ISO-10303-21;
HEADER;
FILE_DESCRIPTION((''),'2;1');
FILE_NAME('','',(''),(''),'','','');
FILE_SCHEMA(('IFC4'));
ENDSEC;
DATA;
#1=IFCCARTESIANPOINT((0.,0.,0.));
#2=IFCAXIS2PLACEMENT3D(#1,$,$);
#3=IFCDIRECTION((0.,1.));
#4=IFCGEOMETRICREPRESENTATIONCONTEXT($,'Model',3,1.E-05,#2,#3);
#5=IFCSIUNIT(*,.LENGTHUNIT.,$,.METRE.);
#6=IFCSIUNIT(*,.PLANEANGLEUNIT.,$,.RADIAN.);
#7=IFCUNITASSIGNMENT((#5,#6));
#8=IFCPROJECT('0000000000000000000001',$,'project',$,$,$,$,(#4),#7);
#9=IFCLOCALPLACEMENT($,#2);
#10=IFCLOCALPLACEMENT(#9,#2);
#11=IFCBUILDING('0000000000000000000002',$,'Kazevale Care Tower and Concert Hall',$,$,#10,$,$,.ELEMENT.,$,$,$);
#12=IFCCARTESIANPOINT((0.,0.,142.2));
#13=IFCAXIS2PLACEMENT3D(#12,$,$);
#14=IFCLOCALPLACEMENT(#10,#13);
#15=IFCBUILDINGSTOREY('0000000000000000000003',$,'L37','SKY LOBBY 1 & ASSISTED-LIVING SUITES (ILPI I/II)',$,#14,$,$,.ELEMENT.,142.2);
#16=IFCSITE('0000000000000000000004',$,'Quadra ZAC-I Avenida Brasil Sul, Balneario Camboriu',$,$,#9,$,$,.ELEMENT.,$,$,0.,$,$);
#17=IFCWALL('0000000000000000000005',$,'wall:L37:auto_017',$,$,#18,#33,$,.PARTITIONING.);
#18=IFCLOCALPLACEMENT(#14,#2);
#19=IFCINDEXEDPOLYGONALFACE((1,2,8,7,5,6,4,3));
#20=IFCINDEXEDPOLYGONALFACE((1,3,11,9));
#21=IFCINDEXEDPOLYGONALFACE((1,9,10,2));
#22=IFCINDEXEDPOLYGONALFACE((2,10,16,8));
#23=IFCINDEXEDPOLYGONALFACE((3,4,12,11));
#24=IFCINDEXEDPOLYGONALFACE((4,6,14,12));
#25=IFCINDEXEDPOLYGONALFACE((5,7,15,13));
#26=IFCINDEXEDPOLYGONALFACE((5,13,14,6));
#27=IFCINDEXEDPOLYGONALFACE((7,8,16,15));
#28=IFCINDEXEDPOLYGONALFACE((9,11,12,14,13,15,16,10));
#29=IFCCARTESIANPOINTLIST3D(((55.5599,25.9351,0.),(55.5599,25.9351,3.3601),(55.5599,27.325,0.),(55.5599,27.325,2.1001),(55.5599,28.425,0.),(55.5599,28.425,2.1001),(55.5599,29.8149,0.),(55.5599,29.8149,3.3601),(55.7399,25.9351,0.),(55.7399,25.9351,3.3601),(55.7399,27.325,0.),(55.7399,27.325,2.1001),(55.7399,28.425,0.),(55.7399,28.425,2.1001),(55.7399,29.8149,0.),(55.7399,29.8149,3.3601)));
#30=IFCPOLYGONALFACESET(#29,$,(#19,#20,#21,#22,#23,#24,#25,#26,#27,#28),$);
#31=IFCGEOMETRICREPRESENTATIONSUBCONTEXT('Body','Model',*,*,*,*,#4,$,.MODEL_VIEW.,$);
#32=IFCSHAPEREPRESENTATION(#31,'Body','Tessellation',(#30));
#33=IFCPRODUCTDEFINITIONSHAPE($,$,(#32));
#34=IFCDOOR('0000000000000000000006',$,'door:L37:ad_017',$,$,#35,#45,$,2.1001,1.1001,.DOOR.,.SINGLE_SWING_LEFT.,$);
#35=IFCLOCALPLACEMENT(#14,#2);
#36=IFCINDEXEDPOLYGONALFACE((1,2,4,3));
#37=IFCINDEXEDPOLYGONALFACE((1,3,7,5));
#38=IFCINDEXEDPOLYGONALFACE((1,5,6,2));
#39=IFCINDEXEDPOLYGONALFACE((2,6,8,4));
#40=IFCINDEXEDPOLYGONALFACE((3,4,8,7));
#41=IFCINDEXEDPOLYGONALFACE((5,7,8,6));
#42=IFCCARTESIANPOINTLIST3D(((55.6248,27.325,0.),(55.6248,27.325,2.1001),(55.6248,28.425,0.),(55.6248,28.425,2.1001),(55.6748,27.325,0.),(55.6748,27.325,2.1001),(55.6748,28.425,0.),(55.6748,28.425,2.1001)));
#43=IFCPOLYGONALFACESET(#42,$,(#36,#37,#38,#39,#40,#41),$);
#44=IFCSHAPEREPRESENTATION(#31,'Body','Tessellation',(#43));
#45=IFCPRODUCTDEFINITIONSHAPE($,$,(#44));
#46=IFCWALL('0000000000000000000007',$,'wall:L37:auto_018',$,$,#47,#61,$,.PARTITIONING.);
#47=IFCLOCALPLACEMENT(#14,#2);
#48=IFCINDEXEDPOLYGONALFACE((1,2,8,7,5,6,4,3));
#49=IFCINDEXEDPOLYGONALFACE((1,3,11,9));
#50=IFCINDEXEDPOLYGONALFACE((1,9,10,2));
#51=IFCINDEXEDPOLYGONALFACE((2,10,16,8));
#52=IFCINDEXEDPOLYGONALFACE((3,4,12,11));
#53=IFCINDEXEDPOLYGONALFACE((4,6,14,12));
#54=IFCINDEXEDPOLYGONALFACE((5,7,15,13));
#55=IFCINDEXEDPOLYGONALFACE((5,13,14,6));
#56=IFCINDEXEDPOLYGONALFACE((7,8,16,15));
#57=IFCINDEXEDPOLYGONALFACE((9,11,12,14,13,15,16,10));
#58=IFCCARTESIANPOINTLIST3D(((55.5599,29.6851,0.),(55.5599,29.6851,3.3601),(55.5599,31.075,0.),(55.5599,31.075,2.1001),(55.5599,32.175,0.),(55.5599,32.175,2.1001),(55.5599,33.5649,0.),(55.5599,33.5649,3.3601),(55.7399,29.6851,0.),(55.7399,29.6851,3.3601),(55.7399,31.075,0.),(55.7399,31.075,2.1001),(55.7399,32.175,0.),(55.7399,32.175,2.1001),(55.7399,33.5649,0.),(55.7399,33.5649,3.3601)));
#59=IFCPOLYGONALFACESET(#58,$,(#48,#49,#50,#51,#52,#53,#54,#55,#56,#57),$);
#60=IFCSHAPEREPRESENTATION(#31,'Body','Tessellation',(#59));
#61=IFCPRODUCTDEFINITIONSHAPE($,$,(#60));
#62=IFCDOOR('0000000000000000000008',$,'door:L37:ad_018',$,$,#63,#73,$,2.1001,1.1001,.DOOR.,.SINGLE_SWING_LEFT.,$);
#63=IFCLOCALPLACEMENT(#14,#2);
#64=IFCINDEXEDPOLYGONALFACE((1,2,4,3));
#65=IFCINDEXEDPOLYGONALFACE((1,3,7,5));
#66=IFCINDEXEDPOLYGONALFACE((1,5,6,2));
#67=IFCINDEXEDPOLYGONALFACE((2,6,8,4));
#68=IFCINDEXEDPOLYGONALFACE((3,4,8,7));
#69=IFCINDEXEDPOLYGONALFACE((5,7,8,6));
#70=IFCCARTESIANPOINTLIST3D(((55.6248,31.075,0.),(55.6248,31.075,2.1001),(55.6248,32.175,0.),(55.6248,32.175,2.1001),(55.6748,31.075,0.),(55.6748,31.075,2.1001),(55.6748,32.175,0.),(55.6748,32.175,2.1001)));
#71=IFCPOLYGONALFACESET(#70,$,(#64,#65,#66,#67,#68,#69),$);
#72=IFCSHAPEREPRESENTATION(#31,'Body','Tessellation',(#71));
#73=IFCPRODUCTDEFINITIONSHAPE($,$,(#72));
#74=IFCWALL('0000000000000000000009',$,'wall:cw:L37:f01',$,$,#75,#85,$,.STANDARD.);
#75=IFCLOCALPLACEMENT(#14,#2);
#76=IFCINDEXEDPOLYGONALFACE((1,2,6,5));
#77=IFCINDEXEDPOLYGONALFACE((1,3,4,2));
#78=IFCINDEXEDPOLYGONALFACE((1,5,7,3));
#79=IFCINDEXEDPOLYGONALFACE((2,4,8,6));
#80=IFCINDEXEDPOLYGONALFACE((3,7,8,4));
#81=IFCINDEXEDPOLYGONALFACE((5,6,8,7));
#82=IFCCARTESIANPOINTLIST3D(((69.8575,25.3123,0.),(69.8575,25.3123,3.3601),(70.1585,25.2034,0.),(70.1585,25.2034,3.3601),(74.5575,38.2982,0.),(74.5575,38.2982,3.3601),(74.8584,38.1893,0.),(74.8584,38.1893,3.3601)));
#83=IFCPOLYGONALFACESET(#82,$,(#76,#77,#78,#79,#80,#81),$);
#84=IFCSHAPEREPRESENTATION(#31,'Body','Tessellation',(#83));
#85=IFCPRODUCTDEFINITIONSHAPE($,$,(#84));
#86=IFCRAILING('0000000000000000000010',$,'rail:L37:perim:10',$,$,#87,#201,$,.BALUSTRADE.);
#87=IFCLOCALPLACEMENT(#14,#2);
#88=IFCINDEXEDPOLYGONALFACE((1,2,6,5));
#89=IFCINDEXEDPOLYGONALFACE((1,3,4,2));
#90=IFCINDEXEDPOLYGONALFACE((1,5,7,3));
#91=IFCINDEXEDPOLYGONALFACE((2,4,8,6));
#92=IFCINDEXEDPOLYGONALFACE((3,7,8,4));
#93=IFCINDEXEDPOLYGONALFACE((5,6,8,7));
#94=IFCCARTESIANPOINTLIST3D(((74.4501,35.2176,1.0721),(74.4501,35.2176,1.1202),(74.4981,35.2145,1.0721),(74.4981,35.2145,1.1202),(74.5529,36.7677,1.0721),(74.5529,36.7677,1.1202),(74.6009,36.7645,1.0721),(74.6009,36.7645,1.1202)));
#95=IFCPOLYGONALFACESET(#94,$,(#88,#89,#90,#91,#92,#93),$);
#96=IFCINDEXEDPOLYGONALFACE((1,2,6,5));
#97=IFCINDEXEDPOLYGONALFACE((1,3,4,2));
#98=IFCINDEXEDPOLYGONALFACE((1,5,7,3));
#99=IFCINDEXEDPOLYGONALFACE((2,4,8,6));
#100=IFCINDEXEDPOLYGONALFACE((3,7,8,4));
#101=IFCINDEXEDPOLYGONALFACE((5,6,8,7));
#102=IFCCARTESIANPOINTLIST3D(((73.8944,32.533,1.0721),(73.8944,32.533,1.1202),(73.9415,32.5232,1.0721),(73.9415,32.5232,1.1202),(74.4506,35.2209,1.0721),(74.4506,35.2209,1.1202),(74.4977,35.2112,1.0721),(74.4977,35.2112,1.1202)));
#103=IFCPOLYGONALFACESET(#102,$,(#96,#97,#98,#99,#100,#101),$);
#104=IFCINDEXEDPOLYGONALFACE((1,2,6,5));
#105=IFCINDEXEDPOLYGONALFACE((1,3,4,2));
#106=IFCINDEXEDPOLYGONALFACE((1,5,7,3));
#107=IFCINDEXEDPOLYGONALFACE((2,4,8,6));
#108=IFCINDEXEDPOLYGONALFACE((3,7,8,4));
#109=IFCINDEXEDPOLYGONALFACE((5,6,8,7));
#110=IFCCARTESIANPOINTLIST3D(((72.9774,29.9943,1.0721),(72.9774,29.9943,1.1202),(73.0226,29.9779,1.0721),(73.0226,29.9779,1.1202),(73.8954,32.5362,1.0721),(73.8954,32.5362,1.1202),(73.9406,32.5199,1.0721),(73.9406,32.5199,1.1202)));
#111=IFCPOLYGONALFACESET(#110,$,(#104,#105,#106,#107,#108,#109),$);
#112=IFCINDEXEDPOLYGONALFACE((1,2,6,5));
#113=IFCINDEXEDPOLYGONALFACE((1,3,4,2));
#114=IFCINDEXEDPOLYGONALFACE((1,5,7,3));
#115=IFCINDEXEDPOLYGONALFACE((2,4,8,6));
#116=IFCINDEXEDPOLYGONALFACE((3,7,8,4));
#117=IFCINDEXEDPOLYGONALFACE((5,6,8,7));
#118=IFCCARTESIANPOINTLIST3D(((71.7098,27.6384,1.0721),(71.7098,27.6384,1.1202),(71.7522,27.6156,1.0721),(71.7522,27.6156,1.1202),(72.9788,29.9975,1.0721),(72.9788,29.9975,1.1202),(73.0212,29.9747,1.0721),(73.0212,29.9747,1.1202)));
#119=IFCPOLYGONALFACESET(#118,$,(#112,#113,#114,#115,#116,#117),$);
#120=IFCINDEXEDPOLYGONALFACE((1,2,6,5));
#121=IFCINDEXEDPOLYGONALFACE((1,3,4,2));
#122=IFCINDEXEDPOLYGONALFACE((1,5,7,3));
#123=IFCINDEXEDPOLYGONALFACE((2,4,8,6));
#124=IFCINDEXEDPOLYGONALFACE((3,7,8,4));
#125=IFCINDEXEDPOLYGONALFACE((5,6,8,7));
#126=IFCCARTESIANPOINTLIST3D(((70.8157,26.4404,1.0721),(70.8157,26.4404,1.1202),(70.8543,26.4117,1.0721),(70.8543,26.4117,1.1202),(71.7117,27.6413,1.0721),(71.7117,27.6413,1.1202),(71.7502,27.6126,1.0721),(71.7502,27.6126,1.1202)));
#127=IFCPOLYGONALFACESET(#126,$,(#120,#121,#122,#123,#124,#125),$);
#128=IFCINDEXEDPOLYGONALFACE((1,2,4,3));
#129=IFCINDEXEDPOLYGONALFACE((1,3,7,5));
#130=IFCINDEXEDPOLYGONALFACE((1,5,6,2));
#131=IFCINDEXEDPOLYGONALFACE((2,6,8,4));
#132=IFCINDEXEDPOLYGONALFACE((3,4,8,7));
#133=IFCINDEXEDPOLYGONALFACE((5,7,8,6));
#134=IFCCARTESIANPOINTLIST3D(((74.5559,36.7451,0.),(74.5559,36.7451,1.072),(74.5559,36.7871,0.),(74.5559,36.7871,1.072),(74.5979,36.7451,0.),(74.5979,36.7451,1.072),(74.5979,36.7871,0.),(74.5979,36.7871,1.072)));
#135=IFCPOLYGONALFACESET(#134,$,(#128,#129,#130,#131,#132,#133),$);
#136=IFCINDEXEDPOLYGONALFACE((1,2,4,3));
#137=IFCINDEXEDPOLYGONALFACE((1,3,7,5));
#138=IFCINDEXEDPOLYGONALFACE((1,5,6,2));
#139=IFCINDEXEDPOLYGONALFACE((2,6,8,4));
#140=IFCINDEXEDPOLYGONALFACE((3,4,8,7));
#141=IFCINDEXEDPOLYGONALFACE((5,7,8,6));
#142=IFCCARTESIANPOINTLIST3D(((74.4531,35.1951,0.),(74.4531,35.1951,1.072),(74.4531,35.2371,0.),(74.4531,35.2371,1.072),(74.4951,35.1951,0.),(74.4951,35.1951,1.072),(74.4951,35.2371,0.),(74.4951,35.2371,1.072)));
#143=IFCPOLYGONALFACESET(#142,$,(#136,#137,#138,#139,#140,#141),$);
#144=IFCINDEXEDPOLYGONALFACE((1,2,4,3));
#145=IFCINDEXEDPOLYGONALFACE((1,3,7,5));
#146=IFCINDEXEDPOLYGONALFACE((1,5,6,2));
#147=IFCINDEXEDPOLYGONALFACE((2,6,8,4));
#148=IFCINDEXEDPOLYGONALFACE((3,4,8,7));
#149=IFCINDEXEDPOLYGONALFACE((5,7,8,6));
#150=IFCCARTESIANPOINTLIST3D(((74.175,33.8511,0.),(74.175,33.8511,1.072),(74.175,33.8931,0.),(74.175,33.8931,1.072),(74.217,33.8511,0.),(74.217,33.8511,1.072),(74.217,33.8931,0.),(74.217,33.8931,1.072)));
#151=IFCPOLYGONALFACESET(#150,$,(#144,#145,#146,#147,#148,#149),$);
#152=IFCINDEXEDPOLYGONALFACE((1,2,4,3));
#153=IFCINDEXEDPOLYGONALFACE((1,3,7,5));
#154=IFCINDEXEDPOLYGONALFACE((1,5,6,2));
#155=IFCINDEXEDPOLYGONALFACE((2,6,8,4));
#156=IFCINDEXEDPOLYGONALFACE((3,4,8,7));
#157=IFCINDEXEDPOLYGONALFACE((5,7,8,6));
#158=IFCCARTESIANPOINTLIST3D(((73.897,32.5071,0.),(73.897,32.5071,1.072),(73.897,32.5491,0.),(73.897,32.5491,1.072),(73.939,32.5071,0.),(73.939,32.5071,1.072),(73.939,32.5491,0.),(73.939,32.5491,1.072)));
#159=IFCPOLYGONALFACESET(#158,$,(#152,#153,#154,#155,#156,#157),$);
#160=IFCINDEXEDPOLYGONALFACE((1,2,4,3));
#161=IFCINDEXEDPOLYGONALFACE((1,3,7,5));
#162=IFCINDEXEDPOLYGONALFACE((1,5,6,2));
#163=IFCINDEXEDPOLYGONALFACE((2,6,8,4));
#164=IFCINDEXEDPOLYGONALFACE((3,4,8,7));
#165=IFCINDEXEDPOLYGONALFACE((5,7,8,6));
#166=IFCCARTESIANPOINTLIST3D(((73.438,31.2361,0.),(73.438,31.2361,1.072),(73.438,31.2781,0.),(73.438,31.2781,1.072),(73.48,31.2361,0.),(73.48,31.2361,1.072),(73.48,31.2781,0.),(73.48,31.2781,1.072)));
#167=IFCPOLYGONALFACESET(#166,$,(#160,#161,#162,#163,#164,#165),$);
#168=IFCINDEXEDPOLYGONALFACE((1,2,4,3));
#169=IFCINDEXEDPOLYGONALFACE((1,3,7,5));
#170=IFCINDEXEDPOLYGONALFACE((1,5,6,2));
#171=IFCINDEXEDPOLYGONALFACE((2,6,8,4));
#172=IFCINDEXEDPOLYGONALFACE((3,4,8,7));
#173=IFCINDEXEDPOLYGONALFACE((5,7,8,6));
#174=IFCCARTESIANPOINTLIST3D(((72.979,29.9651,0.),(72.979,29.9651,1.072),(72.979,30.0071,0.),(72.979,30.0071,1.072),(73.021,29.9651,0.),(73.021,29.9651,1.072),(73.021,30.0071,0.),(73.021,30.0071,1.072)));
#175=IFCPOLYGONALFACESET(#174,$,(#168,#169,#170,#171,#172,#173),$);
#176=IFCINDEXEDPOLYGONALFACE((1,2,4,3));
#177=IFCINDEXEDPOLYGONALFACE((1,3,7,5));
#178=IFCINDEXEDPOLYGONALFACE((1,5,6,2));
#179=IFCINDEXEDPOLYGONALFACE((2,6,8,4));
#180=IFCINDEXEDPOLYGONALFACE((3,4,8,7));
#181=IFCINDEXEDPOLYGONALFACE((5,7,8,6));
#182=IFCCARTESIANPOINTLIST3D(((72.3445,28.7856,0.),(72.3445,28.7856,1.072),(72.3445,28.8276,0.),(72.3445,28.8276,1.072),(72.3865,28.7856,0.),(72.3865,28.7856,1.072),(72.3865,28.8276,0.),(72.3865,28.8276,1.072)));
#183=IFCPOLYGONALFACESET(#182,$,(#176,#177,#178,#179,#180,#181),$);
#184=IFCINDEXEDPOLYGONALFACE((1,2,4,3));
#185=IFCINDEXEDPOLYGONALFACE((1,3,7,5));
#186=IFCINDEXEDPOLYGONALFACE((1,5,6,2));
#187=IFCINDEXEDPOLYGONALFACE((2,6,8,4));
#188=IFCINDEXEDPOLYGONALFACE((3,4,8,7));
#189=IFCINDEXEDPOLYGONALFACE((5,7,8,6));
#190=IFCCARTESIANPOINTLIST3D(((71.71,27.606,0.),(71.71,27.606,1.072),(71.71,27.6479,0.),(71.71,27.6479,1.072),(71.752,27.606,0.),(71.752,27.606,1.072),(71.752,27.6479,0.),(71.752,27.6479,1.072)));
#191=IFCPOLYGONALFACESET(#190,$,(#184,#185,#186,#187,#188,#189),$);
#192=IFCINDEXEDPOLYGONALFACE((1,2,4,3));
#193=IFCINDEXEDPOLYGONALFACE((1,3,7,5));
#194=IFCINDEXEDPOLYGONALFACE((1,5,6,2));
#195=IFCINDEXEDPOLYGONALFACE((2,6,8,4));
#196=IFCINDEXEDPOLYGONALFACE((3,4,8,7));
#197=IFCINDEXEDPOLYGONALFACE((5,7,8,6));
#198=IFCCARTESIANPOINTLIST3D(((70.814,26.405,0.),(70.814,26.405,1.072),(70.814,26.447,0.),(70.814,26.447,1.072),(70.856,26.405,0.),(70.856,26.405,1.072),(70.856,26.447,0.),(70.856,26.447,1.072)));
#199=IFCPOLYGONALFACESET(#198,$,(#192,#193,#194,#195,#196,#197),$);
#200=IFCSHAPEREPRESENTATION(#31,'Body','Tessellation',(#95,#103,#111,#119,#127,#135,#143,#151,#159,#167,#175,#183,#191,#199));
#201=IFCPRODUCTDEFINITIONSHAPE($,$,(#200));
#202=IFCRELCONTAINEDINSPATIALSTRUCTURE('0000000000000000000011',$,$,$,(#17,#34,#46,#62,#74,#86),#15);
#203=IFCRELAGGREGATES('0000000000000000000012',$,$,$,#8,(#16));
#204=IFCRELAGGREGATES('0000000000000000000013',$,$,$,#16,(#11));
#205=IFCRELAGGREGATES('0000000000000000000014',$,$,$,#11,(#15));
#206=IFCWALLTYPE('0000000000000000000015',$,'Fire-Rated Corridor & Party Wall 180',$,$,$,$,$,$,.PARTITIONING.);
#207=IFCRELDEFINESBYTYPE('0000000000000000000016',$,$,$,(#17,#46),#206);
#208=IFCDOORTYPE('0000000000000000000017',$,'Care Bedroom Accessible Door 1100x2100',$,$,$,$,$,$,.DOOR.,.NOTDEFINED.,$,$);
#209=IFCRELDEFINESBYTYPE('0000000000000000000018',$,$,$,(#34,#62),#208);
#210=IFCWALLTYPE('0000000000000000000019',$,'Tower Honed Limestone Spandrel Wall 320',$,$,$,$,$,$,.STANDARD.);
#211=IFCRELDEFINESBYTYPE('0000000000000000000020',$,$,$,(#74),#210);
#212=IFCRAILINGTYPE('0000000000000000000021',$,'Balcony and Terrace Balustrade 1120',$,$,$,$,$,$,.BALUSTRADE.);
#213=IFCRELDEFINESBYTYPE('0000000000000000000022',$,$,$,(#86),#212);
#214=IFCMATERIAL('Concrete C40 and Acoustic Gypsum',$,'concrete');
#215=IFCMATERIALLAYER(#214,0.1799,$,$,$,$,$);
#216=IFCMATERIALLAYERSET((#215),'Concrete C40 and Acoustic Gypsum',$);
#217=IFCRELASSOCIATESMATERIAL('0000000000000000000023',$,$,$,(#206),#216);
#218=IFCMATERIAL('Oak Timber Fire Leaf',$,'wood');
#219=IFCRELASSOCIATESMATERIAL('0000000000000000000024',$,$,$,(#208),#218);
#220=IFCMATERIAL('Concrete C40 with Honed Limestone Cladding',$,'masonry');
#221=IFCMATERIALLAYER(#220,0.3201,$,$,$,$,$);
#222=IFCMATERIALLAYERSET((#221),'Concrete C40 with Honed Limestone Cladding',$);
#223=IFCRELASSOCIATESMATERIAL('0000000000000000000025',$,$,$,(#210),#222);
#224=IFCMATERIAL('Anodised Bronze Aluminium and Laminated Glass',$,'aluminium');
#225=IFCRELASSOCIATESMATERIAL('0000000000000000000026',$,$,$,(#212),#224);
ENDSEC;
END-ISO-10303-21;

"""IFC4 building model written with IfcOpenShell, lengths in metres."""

from ifc_helpers import new_model, si_unit, direction, frame, frame_2d, origin, origin_2d, place, context, subcontext, project, spatial, rectangle, extrude, material, layer, layer_set, type_object, element, fill, save


model = new_model("IFC4")

# Units and contexts
model_context = context("Model", 3, precision=1e-05, world=origin(), true_north=direction((0.0, 1.0)))
body_context = subcontext(model_context, "Body", "Model", "MODEL_VIEW")
ifc_project = project(units=[si_unit("LENGTHUNIT", "METRE"), si_unit("PLANEANGLEUNIT", "RADIAN")], contexts=[model_context])

# Site, building, storey
site_placement = place(None, origin())
site = spatial("IfcSite", under=ifc_project, at=site_placement, Name="Quadra ZAC-I Avenida Brasil Sul, Balneario Camboriu", CompositionType="ELEMENT", RefElevation=0.0)
building_placement = place(site_placement, origin())
building = spatial("IfcBuilding", under=site, at=building_placement, Name="Kazevale Care Tower and Concert Hall", CompositionType="ELEMENT")
storey_placement = place(building_placement, frame((0.0, 0.0, 142.2)))
storey = spatial("IfcBuildingStorey", under=building, at=storey_placement, Name="L37", Description="SKY LOBBY 1 & ASSISTED-LIVING SUITES (ILPI I/II)", CompositionType="ELEMENT", Elevation=142.2)

# Walls, openings, doors
ifc_material_1 = material(Name="Concrete C40 and Acoustic Gypsum", Category="concrete")
ifc_layer_1 = layer(ifc_material_1, 0.1799)
ifc_layer_set_1 = layer_set([ifc_layer_1], Name="Concrete C40 and Acoustic Gypsum")
wall_type_1 = type_object("IfcWallType", Name="Fire-Rated Corridor & Party Wall 180", PredefinedType="PARTITIONING", material=ifc_layer_set_1)
ifc_material_2 = material(Name="Oak Timber Fire Leaf", Category="wood")
door_type = type_object("IfcDoorType", Name="Care Bedroom Accessible Door 1100x2100", OperationType="NOTDEFINED", PredefinedType="DOOR", material=ifc_material_2)
wall_1_placement = place(storey_placement, frame((55.6499, 29.8149, 0.0), z_axis=(0.0, 0.0, 1.0), x_axis=(0.0, -1.0, 0.0)))
wall_1 = element("IfcWall", 1, at=wall_1_placement, inside=storey, type_object=wall_type_1, Name="wall:L37:auto_017", PredefinedType="PARTITIONING", context=body_context, shape_type="SweptSolid", body=[
    extrude(rectangle(XDim=3.8799, YDim=0.1799, at=frame_2d((1.9399, 0.0))), origin(), (0.0, 0.0, 1.0), 3.3601),
])
opening_1_placement = place(wall_1_placement, frame((1.3899, 0.0, 0.0)))
opening_1 = element("IfcOpeningElement", 2, at=opening_1_placement, cuts=wall_1, PredefinedType="OPENING", context=body_context, shape_type="SweptSolid", body=[
    extrude(rectangle(XDim=1.1001, YDim=2.1001, at=frame_2d((0.55, 1.05))), frame((0.0, 0.0999, 0.0), z_axis=(0.0, -1.0, 0.0), x_axis=(1.0, 0.0, 0.0)), (0.0, 0.0, 1.0), 0.2),
])
door_1_placement = place(opening_1_placement, origin())
door_1 = element("IfcDoor", 3, at=door_1_placement, inside=storey, type_object=door_type, Name="door:L37:ad_017", OperationType="SINGLE_SWING_LEFT", OverallHeight=2.1001, OverallWidth=1.1001, PredefinedType="DOOR", context=body_context, shape_type="SweptSolid", body=[
    extrude(rectangle(XDim=1.1001, YDim=2.1001, at=frame_2d((0.55, 1.05))), frame((0.0, 0.0249, 0.0), z_axis=(0.0, -1.0, 0.0), x_axis=(1.0, 0.0, 0.0)), (0.0, 0.0, 1.0), 0.05),
])
fill(opening_1, door_1)
wall_2_placement = place(storey_placement, frame((55.6499, 33.5649, 0.0), z_axis=(0.0, 0.0, 1.0), x_axis=(0.0, -1.0, 0.0)))
wall_2 = element("IfcWall", 4, at=wall_2_placement, inside=storey, type_object=wall_type_1, Name="wall:L37:auto_018", PredefinedType="PARTITIONING", context=body_context, shape_type="SweptSolid", body=[
    extrude(rectangle(XDim=3.8799, YDim=0.1799, at=frame_2d((1.9399, 0.0))), origin(), (0.0, 0.0, 1.0), 3.3601),
])
opening_2_placement = place(wall_2_placement, frame((1.3899, 0.0, 0.0)))
opening_2 = element("IfcOpeningElement", 5, at=opening_2_placement, cuts=wall_2, PredefinedType="OPENING", context=body_context, shape_type="SweptSolid", body=[
    extrude(rectangle(XDim=1.1001, YDim=2.1001, at=frame_2d((0.55, 1.05))), frame((0.0, 0.0999, 0.0), z_axis=(0.0, -1.0, 0.0), x_axis=(1.0, 0.0, 0.0)), (0.0, 0.0, 1.0), 0.2),
])
door_2_placement = place(opening_2_placement, origin())
door_2 = element("IfcDoor", 6, at=door_2_placement, inside=storey, type_object=door_type, Name="door:L37:ad_018", OperationType="SINGLE_SWING_LEFT", OverallHeight=2.1001, OverallWidth=1.1001, PredefinedType="DOOR", context=body_context, shape_type="SweptSolid", body=[
    extrude(rectangle(XDim=1.1001, YDim=2.1001, at=frame_2d((0.55, 1.05))), frame((0.0, 0.0249, 0.0), z_axis=(0.0, -1.0, 0.0), x_axis=(1.0, 0.0, 0.0)), (0.0, 0.0, 1.0), 0.05),
])
fill(opening_2, door_2)

# Wall
ifc_material_3 = material(Name="Concrete C40 with Honed Limestone Cladding", Category="masonry")
ifc_layer_2 = layer(ifc_material_3, 0.3201)
ifc_layer_set_2 = layer_set([ifc_layer_2], Name="Concrete C40 with Honed Limestone Cladding")
wall_type_2 = type_object("IfcWallType", Name="Tower Honed Limestone Spandrel Wall 320", PredefinedType="STANDARD", material=ifc_layer_set_2)
wall_3_placement = place(storey_placement, frame((74.708, 38.2439, 0.0), z_axis=(0.0, 0.0, 1.0), x_axis=(-0.340325, -0.940308, 0.0)))
element("IfcWall", 7, at=wall_3_placement, inside=storey, type_object=wall_type_2, Name="wall:cw:L37:f01", PredefinedType="STANDARD", context=body_context, shape_type="SweptSolid", body=[
    extrude(rectangle(XDim=13.8103, YDim=0.3201, at=frame_2d((6.9053, 0.0))), origin(), (0.0, 0.0, 1.0), 3.3601),
])

# Railing
ifc_material_4 = material(Name="Anodised Bronze Aluminium and Laminated Glass", Category="aluminium")
railing_type = type_object("IfcRailingType", Name="Balcony and Terrace Balustrade 1120", PredefinedType="BALUSTRADE", material=ifc_material_4)
railing_placement = place(storey_placement, frame((74.5769, 36.7661, 0.0)))
element("IfcRailing", 8, at=railing_placement, inside=storey, type_object=railing_type, Name="rail:L37:perim:10", PredefinedType="BALUSTRADE", context=body_context, shape_type="SweptSolid", body=[
    extrude(rectangle(XDim=0.0481, YDim=0.0481, at=origin_2d()), frame((0.0, 0.0, 1.0962), z_axis=(-0.066164, -0.997809, 0.0), x_axis=(0.997809, -0.066164, 0.0)), (0.0, 0.0, 1.0), 1.5535),
    extrude(rectangle(XDim=0.0481, YDim=0.0481, at=origin_2d()), frame((-0.1028, -1.55, 1.0962), z_axis=(-0.202611, -0.979259, 0.0), x_axis=(0.979259, -0.202611, 0.0)), (0.0, 0.0, 1.0), 2.7449),
    extrude(rectangle(XDim=0.0481, YDim=0.0481, at=origin_2d()), frame((-0.6589, -4.238, 1.0962), z_axis=(-0.339653, -0.940551, 0.0), x_axis=(0.940551, -0.339653, 0.0)), (0.0, 0.0, 1.0), 2.7026),
    extrude(rectangle(XDim=0.0481, YDim=0.0481, at=origin_2d()), frame((-1.5769, -6.78, 1.0962), z_axis=(-0.473736, -0.880667, 0.0), x_axis=(0.880667, -0.473736, 0.0)), (0.0, 0.0, 1.0), 2.6787),
    extrude(rectangle(XDim=0.0481, YDim=0.0481, at=origin_2d()), frame((-2.8459, -9.1392, 1.0962), z_axis=(-0.597991, -0.801503, 0.0), x_axis=(0.801503, -0.597991, 0.0)), (0.0, 0.0, 1.0), 1.4983),
    extrude(rectangle(XDim=0.042, YDim=0.042, at=origin_2d()), origin(), (0.0, 0.0, 1.0), 1.072),
    extrude(rectangle(XDim=0.042, YDim=0.042, at=origin_2d()), frame((-0.1028, -1.55, 0.0)), (0.0, 0.0, 1.0), 1.072),
    extrude(rectangle(XDim=0.042, YDim=0.042, at=origin_2d()), frame((-0.3809, -2.894, 0.0)), (0.0, 0.0, 1.0), 1.072),
    extrude(rectangle(XDim=0.042, YDim=0.042, at=origin_2d()), frame((-0.6589, -4.238, 0.0)), (0.0, 0.0, 1.0), 1.072),
    extrude(rectangle(XDim=0.042, YDim=0.042, at=origin_2d()), frame((-1.1179, -5.509, 0.0)), (0.0, 0.0, 1.0), 1.072),
    extrude(rectangle(XDim=0.042, YDim=0.042, at=origin_2d()), frame((-1.5769, -6.78, 0.0)), (0.0, 0.0, 1.0), 1.072),
    extrude(rectangle(XDim=0.042, YDim=0.042, at=origin_2d()), frame((-2.2114, -7.9595, 0.0)), (0.0, 0.0, 1.0), 1.072),
    extrude(rectangle(XDim=0.042, YDim=0.042, at=origin_2d()), frame((-2.8459, -9.1392, 0.0)), (0.0, 0.0, 1.0), 1.072),
    extrude(rectangle(XDim=0.042, YDim=0.042, at=origin_2d()), frame((-3.7419, -10.3401, 0.0)), (0.0, 0.0, 1.0), 1.072),
])

save(model, "model.ifc")
